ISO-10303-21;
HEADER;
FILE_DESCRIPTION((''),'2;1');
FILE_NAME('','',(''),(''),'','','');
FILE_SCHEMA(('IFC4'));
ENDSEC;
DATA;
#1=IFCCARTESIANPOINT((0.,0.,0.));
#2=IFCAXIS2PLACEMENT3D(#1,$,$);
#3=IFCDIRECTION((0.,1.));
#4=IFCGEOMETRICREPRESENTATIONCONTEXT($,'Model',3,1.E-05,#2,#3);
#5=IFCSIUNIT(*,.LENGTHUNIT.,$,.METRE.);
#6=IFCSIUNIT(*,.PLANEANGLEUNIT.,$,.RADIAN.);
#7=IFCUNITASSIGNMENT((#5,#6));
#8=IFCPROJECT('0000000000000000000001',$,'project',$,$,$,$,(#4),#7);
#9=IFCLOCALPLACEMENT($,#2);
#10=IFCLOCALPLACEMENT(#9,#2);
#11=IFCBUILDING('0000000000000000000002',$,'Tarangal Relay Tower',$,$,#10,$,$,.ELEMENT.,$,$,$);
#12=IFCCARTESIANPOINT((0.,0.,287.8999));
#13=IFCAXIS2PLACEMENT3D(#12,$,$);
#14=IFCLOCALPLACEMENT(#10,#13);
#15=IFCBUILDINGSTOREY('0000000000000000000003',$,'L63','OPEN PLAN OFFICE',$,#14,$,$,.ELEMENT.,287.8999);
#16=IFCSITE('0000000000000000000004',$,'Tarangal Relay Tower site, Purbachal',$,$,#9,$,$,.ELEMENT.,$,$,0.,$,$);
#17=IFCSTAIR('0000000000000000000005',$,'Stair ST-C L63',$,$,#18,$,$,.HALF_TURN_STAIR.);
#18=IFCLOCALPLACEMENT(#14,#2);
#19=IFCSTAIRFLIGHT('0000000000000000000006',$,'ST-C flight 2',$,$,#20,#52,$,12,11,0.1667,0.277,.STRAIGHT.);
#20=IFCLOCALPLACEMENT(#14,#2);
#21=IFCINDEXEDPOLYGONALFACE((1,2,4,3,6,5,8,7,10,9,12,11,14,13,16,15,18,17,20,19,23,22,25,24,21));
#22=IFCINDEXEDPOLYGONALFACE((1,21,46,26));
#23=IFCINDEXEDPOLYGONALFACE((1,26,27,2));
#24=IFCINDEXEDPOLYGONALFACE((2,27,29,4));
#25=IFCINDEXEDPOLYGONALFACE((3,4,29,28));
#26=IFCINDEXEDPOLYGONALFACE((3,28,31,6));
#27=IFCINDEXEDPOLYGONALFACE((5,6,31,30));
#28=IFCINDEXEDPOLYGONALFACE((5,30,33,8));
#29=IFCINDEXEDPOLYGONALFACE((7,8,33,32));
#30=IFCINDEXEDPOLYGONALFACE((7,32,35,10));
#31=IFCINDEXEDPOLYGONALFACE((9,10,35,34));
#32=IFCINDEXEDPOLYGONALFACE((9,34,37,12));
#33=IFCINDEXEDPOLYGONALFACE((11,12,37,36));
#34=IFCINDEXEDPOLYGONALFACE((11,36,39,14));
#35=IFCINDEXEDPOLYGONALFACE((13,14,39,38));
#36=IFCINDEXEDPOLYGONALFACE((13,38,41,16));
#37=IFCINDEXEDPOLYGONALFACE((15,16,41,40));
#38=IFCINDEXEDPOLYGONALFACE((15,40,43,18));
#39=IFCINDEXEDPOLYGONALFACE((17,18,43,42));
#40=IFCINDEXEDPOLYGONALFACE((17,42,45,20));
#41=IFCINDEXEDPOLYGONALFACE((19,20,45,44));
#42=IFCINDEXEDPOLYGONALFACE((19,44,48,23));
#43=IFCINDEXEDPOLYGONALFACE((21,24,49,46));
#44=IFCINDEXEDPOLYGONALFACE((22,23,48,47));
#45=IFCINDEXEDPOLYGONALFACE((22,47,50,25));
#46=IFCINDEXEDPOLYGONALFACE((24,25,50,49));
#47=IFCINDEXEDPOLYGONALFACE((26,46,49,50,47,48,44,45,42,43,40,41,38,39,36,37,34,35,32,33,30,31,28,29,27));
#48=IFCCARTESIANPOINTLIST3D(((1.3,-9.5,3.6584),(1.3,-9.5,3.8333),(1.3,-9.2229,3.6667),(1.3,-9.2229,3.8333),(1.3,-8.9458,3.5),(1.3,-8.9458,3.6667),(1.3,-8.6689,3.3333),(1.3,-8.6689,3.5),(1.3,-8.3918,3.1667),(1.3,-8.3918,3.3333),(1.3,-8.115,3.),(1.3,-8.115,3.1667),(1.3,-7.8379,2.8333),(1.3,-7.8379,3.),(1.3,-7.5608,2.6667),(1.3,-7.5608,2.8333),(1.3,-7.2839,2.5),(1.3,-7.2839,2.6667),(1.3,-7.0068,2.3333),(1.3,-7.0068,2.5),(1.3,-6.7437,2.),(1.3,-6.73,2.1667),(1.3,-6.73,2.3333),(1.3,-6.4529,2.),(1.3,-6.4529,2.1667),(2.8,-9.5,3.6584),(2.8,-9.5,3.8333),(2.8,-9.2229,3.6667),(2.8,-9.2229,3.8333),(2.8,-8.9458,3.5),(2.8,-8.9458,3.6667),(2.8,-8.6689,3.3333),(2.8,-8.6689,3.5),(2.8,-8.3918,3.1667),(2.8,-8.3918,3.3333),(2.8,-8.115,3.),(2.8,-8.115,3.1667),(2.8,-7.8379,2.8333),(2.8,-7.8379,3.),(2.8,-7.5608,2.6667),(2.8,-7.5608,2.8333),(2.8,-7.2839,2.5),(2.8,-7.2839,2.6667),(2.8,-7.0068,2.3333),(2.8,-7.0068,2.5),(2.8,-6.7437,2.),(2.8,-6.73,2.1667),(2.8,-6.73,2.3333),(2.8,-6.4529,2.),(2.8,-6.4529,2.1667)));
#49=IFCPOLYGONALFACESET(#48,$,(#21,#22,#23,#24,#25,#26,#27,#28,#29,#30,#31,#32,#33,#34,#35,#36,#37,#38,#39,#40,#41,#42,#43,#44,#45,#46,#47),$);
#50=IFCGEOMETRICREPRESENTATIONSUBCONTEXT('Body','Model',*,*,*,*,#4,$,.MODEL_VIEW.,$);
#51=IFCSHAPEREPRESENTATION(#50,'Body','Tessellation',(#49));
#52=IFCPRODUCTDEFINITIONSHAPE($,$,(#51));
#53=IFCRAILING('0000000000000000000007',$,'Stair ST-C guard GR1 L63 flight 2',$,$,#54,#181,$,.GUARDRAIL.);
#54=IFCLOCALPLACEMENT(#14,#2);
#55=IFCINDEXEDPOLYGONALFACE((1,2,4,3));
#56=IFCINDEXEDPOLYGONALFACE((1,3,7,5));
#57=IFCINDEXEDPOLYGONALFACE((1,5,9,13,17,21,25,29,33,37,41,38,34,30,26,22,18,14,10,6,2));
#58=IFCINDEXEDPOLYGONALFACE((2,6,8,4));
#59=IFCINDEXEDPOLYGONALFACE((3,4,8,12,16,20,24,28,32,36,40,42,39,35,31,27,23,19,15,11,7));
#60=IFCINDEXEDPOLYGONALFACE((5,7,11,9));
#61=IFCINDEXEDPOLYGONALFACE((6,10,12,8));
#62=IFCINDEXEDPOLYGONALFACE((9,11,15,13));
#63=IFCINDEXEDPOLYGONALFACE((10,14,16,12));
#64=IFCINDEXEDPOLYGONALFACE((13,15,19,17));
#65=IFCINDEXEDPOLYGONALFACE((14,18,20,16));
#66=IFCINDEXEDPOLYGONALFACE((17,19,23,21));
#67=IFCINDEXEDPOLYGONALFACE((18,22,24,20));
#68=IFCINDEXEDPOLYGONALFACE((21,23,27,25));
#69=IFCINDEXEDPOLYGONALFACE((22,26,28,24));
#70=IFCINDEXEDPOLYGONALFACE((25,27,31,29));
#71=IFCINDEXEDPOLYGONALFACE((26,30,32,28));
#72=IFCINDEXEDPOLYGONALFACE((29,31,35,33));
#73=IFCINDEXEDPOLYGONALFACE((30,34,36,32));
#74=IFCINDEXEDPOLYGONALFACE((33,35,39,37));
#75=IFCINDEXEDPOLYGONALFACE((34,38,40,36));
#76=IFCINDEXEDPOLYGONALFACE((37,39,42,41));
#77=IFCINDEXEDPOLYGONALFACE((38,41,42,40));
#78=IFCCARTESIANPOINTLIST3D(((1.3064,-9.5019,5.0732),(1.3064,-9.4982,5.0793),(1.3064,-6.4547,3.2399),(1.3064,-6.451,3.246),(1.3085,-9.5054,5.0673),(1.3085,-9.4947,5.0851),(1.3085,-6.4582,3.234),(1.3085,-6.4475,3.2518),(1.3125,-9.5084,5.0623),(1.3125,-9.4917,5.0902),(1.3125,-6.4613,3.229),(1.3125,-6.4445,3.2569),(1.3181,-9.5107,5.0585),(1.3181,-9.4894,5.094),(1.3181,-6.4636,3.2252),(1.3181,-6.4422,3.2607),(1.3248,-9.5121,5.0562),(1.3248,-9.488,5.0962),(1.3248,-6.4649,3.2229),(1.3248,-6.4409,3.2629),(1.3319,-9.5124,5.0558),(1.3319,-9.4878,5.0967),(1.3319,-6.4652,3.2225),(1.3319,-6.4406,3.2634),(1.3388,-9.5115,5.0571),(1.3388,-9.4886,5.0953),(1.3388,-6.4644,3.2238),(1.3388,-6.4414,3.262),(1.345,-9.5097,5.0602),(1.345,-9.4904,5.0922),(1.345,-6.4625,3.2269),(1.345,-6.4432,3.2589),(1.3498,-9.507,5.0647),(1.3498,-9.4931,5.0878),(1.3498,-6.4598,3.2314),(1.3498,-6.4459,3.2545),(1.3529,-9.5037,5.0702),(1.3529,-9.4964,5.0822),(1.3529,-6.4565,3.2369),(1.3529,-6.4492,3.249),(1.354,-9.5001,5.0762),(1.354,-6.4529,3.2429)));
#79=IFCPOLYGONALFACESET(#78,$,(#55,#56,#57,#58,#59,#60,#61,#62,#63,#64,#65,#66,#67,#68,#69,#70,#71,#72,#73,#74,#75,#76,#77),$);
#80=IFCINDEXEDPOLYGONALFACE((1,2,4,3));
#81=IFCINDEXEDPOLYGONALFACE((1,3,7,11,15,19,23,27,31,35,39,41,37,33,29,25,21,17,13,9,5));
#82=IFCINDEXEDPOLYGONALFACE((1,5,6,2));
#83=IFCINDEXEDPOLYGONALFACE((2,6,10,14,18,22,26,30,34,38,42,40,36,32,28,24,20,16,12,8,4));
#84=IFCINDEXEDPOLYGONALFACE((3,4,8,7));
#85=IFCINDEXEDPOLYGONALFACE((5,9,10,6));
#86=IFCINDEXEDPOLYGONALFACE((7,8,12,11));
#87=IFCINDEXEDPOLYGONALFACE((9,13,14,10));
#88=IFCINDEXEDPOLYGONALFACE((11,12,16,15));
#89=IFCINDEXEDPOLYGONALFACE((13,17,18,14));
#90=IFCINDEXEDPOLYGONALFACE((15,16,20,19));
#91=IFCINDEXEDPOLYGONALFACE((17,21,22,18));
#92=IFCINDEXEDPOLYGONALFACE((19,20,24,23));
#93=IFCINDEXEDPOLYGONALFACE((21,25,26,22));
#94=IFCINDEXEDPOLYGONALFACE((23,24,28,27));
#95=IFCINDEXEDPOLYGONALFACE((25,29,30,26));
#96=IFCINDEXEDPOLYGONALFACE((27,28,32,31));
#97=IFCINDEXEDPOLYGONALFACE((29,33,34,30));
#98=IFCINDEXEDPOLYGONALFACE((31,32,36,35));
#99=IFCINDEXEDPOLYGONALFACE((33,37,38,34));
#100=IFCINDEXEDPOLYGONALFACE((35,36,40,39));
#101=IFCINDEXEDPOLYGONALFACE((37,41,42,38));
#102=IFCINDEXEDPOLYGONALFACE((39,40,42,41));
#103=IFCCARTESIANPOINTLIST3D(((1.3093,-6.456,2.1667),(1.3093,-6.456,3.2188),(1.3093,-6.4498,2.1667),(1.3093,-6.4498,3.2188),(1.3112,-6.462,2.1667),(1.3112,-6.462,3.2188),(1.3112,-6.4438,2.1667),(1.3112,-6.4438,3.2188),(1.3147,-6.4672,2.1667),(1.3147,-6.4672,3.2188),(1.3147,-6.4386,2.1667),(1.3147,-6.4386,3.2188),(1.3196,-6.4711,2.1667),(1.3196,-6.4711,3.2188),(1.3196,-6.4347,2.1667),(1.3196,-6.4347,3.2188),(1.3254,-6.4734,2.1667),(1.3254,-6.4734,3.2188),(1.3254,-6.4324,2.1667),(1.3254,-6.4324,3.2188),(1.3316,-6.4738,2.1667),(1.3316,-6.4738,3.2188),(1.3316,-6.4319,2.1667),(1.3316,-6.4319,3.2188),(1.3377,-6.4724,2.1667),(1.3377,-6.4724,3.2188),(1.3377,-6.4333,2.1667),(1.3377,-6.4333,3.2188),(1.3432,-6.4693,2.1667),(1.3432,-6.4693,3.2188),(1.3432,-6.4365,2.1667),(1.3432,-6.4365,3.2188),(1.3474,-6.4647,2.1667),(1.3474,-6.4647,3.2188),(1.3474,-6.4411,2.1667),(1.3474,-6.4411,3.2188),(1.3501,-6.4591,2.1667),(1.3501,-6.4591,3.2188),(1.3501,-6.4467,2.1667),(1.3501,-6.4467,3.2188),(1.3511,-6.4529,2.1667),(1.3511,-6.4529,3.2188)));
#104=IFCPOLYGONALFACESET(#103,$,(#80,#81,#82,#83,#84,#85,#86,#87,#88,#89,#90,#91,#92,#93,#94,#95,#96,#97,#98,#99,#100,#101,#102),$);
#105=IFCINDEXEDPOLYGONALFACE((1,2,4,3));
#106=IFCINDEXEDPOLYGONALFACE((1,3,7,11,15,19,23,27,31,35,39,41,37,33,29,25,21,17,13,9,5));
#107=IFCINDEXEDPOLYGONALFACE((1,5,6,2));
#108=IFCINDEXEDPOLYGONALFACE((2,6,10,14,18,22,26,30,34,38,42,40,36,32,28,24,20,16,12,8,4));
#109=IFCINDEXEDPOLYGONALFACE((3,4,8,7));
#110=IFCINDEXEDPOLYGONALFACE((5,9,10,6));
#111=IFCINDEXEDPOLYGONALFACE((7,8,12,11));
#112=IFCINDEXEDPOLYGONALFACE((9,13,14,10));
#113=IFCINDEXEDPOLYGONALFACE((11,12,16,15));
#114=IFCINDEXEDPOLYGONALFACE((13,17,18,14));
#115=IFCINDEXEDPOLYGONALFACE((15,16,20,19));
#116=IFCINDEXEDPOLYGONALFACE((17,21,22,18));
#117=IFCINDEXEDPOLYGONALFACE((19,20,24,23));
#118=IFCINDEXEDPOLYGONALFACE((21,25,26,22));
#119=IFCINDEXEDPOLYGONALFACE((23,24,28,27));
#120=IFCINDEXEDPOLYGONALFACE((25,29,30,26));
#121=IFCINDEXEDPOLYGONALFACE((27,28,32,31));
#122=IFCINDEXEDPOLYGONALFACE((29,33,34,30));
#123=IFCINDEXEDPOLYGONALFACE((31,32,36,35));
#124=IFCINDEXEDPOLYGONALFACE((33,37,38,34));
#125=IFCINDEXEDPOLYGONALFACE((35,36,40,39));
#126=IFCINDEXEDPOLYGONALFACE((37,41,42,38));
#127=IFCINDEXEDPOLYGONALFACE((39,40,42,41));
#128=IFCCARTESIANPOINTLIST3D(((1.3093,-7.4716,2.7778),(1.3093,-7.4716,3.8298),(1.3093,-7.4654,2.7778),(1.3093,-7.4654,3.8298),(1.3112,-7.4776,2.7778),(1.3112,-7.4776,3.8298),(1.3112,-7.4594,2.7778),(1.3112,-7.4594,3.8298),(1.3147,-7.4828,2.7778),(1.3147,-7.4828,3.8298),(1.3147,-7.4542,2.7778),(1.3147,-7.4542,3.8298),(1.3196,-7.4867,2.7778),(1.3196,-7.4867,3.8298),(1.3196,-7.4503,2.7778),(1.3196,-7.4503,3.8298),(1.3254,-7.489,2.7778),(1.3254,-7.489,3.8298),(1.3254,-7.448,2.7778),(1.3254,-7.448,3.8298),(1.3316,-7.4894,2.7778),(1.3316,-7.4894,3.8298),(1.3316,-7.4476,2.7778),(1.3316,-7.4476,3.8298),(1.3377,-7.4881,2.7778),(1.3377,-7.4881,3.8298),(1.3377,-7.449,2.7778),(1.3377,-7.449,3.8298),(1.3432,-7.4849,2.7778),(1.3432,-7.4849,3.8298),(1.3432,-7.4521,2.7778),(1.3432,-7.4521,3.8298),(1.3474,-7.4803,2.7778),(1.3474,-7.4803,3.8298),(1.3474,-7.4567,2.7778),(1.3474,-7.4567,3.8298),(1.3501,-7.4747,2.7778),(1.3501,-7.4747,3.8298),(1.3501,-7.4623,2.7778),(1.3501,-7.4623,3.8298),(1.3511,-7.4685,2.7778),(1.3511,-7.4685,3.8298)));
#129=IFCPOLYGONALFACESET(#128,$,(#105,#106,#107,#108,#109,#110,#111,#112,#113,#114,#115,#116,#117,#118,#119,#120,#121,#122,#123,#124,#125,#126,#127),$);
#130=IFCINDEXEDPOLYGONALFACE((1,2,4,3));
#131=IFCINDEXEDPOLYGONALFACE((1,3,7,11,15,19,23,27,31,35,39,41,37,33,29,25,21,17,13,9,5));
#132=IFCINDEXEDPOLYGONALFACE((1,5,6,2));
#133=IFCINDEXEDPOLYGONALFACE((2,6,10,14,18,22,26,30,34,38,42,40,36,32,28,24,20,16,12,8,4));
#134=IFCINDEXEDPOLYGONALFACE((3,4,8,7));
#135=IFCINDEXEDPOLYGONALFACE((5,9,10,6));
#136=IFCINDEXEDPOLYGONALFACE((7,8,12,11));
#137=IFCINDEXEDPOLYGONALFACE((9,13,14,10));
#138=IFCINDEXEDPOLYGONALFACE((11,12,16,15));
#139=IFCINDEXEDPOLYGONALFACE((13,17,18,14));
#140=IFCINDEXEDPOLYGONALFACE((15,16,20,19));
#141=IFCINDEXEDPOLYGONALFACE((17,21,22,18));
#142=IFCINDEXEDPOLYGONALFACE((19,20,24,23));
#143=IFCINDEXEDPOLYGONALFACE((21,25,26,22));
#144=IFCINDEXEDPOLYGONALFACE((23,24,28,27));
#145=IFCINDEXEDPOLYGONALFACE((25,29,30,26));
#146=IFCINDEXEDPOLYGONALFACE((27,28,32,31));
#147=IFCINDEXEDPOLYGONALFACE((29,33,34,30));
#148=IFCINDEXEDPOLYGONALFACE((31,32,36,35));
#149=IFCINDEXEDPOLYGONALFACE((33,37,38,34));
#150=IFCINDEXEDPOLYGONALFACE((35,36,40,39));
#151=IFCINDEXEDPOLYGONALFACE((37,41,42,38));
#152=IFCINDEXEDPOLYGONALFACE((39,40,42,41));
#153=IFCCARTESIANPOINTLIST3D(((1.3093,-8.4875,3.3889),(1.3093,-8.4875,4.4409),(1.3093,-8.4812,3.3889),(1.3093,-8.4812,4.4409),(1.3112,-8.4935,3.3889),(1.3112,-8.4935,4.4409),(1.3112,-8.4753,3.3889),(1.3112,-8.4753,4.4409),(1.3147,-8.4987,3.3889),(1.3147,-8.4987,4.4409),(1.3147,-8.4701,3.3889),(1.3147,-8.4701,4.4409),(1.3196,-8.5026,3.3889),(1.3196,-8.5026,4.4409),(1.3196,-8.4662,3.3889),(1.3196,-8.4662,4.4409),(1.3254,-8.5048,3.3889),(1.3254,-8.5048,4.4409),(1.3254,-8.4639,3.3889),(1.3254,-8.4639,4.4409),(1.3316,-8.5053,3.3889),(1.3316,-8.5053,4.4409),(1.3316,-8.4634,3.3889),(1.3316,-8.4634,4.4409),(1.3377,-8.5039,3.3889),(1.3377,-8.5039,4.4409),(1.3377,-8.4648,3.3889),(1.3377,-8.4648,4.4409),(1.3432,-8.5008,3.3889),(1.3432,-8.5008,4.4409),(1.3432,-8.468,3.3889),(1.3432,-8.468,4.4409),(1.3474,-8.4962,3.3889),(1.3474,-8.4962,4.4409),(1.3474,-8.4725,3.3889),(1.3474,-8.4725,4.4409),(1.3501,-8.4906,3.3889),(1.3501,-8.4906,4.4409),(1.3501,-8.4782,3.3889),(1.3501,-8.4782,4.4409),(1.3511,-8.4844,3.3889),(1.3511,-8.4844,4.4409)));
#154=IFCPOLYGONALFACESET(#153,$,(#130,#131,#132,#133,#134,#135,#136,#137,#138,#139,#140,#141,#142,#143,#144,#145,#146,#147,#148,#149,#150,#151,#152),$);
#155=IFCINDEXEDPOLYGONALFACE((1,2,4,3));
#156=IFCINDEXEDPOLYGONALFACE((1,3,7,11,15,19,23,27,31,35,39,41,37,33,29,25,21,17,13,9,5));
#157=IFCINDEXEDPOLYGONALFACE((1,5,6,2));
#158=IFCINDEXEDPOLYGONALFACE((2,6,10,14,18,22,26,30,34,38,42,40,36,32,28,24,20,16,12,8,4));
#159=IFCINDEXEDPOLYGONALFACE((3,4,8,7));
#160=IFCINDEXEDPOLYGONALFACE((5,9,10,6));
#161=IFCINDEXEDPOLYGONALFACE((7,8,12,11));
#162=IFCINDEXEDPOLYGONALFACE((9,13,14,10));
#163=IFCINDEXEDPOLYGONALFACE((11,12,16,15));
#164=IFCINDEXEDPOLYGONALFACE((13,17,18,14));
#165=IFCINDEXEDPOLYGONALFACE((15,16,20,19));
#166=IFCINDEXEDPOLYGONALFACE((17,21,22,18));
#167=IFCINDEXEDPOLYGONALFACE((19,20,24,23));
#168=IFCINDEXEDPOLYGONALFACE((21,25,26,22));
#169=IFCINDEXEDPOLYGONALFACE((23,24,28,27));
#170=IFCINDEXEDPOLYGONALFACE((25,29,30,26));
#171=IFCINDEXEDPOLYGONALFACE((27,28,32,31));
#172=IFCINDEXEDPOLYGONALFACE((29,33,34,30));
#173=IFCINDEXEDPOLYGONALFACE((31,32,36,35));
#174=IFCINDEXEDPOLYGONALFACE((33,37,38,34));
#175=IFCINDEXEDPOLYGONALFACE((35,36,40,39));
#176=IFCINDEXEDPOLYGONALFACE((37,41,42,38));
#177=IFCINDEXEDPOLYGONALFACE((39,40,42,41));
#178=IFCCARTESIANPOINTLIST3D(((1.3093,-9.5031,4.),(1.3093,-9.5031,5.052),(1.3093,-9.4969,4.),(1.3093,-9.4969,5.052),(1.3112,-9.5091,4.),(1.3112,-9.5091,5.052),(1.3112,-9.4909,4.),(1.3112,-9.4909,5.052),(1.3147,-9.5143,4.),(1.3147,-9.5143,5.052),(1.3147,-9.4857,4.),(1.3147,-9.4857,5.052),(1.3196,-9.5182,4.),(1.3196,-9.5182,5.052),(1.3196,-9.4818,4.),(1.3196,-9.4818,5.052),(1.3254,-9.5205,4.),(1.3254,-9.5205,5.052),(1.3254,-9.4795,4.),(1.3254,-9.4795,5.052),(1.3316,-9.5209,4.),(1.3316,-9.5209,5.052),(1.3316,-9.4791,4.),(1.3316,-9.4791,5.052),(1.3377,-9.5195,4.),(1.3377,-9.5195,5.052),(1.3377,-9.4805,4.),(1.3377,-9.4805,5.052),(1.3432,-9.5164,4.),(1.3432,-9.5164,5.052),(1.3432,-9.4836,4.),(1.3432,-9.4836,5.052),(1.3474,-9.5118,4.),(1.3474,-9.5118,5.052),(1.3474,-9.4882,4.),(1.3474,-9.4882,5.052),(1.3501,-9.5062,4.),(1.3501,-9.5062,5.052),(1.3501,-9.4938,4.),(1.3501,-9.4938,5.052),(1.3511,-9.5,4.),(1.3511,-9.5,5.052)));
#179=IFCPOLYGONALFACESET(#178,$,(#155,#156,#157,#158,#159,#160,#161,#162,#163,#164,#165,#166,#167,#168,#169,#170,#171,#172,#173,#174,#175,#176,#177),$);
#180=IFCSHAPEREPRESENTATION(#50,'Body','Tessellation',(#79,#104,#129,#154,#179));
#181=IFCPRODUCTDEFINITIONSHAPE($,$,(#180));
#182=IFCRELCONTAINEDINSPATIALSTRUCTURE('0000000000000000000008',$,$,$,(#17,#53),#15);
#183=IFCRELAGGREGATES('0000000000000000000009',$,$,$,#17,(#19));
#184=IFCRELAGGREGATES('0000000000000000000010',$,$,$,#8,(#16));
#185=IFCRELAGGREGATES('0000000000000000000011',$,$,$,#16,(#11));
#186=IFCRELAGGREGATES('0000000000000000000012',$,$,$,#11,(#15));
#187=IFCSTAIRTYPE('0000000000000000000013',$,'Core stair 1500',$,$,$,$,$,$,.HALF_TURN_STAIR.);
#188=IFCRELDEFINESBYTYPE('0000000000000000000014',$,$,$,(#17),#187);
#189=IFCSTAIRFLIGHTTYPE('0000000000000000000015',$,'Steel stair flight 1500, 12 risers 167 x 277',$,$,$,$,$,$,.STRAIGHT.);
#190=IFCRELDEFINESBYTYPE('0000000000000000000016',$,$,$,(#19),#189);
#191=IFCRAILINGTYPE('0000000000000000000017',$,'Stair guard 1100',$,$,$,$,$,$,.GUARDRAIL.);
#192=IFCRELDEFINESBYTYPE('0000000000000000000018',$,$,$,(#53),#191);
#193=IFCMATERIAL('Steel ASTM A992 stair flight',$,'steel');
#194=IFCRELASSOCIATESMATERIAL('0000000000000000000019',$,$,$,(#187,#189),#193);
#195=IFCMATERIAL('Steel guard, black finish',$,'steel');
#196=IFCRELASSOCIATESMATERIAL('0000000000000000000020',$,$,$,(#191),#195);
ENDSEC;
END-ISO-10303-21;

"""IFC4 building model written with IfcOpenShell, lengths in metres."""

from ifc_helpers import new_model, si_unit, direction, frame, origin, origin_2d, place, context, subcontext, project, spatial, polyline, circle, outline, extrude, material, type_object, element, aggregate, save


model = new_model("IFC4")

# Units and contexts
model_context = context("Model", 3, precision=1e-05, world=origin(), true_north=direction((0.0, 1.0)))
body_context = subcontext(model_context, "Body", "Model", "MODEL_VIEW")
ifc_project = project(units=[si_unit("LENGTHUNIT", "METRE"), si_unit("PLANEANGLEUNIT", "RADIAN")], contexts=[model_context])

# Site, building, storey
site_placement = place(None, origin())
site = spatial("IfcSite", under=ifc_project, at=site_placement, Name="Tarangal Relay Tower site, Purbachal", CompositionType="ELEMENT", RefElevation=0.0)
building_placement = place(site_placement, origin())
building = spatial("IfcBuilding", under=site, at=building_placement, Name="Tarangal Relay Tower", CompositionType="ELEMENT")
storey_placement = place(building_placement, frame((0.0, 0.0, 287.8999)))
storey = spatial("IfcBuildingStorey", under=building, at=storey_placement, Name="L63", Description="OPEN PLAN OFFICE", CompositionType="ELEMENT", Elevation=287.8999)

# Stair, stair flight
ifc_material_1 = material(Name="Steel ASTM A992 stair flight", Category="steel")
stair_type = type_object("IfcStairType", Name="Core stair 1500", PredefinedType="HALF_TURN_STAIR", material=ifc_material_1)
stair_placement = place(storey_placement, origin())
stair = element("IfcStair", 1, at=stair_placement, inside=storey, type_object=stair_type, Name="Stair ST-C L63", PredefinedType="HALF_TURN_STAIR")
stair_flight_type = type_object("IfcStairFlightType", Name="Steel stair flight 1500, 12 risers 167 x 277", PredefinedType="STRAIGHT", material=ifc_material_1)
stair_flight_placement = place(storey_placement, frame((2.05, -6.4529, 2.0), z_axis=(0.0, 0.0, 1.0), x_axis=(0.0, -1.0, 0.0)))
stair_flight = element("IfcStairFlight", 2, at=stair_flight_placement, type_object=stair_flight_type, Name="ST-C flight 2", NumberOfRisers=12, NumberOfTreads=11, PredefinedType="STRAIGHT", RiserHeight=0.1667, TreadLength=0.277, context=body_context, shape_type="SweptSolid", body=[
    extrude(outline(polyline([(0.0, 0.0), (0.0, 0.1667), (0.2771, 0.1667), (0.2771, 0.3333), (0.554, 0.3333), (0.554, 0.5), (0.8311, 0.5), (0.8311, 0.6667), (1.1079, 0.6667), (1.1079, 0.8333), (1.385, 0.8333), (1.385, 1.0), (1.6621, 1.0), (1.6621, 1.1667), (1.939, 1.1667), (1.939, 1.3333), (2.2161, 1.3333), (2.2161, 1.5), (2.4929, 1.5), (2.4929, 1.6667), (2.77, 1.6667), (2.77, 1.8333), (3.0471, 1.8333), (3.0471, 2.0), (3.0471, 1.6584), (0.2908, 0.0), (0.0, 0.0)])), frame((0.0, 0.75, 0.0), z_axis=(0.0, -1.0, 0.0), x_axis=(1.0, 0.0, 0.0)), (0.0, 0.0, 1.0), 1.5),
])
aggregate(stair, [stair_flight])

# Railing
ifc_material_2 = material(Name="Steel guard, black finish", Category="steel")
railing_type_1 = type_object("IfcRailingType", Name="Stair guard 1100", PredefinedType="GUARDRAIL", material=ifc_material_2)
railing_1_placement = place(storey_placement, frame((1.3301, -6.4529, 2.1667)))
element("IfcRailing", 3, at=railing_1_placement, inside=storey, type_object=railing_type_1, Name="Stair ST-C guard GR1 L63 flight 2", PredefinedType="GUARDRAIL", context=body_context, shape_type="SweptSolid", body=[
    extrude(circle(Radius=0.0239, at=origin_2d()), frame((0.0, 0.0, 1.0762), z_axis=(0.0, -0.856874, 0.515525), x_axis=(1.0, 0.0, 0.0)), (0.0, 0.0, 1.0), 3.5562),
    extrude(circle(Radius=0.021, at=origin_2d()), origin(), (0.0, 0.0, 1.0), 1.052),
    extrude(circle(Radius=0.021, at=origin_2d()), frame((0.0, -1.0156, 0.6111)), (0.0, 0.0, 1.0), 1.052),
    extrude(circle(Radius=0.021, at=origin_2d()), frame((0.0, -2.0315, 1.2222)), (0.0, 0.0, 1.0), 1.052),
    extrude(circle(Radius=0.021, at=origin_2d()), frame((0.0, -3.0471, 1.8333)), (0.0, 0.0, 1.0), 1.052),
])

save(model, "model.ifc")
